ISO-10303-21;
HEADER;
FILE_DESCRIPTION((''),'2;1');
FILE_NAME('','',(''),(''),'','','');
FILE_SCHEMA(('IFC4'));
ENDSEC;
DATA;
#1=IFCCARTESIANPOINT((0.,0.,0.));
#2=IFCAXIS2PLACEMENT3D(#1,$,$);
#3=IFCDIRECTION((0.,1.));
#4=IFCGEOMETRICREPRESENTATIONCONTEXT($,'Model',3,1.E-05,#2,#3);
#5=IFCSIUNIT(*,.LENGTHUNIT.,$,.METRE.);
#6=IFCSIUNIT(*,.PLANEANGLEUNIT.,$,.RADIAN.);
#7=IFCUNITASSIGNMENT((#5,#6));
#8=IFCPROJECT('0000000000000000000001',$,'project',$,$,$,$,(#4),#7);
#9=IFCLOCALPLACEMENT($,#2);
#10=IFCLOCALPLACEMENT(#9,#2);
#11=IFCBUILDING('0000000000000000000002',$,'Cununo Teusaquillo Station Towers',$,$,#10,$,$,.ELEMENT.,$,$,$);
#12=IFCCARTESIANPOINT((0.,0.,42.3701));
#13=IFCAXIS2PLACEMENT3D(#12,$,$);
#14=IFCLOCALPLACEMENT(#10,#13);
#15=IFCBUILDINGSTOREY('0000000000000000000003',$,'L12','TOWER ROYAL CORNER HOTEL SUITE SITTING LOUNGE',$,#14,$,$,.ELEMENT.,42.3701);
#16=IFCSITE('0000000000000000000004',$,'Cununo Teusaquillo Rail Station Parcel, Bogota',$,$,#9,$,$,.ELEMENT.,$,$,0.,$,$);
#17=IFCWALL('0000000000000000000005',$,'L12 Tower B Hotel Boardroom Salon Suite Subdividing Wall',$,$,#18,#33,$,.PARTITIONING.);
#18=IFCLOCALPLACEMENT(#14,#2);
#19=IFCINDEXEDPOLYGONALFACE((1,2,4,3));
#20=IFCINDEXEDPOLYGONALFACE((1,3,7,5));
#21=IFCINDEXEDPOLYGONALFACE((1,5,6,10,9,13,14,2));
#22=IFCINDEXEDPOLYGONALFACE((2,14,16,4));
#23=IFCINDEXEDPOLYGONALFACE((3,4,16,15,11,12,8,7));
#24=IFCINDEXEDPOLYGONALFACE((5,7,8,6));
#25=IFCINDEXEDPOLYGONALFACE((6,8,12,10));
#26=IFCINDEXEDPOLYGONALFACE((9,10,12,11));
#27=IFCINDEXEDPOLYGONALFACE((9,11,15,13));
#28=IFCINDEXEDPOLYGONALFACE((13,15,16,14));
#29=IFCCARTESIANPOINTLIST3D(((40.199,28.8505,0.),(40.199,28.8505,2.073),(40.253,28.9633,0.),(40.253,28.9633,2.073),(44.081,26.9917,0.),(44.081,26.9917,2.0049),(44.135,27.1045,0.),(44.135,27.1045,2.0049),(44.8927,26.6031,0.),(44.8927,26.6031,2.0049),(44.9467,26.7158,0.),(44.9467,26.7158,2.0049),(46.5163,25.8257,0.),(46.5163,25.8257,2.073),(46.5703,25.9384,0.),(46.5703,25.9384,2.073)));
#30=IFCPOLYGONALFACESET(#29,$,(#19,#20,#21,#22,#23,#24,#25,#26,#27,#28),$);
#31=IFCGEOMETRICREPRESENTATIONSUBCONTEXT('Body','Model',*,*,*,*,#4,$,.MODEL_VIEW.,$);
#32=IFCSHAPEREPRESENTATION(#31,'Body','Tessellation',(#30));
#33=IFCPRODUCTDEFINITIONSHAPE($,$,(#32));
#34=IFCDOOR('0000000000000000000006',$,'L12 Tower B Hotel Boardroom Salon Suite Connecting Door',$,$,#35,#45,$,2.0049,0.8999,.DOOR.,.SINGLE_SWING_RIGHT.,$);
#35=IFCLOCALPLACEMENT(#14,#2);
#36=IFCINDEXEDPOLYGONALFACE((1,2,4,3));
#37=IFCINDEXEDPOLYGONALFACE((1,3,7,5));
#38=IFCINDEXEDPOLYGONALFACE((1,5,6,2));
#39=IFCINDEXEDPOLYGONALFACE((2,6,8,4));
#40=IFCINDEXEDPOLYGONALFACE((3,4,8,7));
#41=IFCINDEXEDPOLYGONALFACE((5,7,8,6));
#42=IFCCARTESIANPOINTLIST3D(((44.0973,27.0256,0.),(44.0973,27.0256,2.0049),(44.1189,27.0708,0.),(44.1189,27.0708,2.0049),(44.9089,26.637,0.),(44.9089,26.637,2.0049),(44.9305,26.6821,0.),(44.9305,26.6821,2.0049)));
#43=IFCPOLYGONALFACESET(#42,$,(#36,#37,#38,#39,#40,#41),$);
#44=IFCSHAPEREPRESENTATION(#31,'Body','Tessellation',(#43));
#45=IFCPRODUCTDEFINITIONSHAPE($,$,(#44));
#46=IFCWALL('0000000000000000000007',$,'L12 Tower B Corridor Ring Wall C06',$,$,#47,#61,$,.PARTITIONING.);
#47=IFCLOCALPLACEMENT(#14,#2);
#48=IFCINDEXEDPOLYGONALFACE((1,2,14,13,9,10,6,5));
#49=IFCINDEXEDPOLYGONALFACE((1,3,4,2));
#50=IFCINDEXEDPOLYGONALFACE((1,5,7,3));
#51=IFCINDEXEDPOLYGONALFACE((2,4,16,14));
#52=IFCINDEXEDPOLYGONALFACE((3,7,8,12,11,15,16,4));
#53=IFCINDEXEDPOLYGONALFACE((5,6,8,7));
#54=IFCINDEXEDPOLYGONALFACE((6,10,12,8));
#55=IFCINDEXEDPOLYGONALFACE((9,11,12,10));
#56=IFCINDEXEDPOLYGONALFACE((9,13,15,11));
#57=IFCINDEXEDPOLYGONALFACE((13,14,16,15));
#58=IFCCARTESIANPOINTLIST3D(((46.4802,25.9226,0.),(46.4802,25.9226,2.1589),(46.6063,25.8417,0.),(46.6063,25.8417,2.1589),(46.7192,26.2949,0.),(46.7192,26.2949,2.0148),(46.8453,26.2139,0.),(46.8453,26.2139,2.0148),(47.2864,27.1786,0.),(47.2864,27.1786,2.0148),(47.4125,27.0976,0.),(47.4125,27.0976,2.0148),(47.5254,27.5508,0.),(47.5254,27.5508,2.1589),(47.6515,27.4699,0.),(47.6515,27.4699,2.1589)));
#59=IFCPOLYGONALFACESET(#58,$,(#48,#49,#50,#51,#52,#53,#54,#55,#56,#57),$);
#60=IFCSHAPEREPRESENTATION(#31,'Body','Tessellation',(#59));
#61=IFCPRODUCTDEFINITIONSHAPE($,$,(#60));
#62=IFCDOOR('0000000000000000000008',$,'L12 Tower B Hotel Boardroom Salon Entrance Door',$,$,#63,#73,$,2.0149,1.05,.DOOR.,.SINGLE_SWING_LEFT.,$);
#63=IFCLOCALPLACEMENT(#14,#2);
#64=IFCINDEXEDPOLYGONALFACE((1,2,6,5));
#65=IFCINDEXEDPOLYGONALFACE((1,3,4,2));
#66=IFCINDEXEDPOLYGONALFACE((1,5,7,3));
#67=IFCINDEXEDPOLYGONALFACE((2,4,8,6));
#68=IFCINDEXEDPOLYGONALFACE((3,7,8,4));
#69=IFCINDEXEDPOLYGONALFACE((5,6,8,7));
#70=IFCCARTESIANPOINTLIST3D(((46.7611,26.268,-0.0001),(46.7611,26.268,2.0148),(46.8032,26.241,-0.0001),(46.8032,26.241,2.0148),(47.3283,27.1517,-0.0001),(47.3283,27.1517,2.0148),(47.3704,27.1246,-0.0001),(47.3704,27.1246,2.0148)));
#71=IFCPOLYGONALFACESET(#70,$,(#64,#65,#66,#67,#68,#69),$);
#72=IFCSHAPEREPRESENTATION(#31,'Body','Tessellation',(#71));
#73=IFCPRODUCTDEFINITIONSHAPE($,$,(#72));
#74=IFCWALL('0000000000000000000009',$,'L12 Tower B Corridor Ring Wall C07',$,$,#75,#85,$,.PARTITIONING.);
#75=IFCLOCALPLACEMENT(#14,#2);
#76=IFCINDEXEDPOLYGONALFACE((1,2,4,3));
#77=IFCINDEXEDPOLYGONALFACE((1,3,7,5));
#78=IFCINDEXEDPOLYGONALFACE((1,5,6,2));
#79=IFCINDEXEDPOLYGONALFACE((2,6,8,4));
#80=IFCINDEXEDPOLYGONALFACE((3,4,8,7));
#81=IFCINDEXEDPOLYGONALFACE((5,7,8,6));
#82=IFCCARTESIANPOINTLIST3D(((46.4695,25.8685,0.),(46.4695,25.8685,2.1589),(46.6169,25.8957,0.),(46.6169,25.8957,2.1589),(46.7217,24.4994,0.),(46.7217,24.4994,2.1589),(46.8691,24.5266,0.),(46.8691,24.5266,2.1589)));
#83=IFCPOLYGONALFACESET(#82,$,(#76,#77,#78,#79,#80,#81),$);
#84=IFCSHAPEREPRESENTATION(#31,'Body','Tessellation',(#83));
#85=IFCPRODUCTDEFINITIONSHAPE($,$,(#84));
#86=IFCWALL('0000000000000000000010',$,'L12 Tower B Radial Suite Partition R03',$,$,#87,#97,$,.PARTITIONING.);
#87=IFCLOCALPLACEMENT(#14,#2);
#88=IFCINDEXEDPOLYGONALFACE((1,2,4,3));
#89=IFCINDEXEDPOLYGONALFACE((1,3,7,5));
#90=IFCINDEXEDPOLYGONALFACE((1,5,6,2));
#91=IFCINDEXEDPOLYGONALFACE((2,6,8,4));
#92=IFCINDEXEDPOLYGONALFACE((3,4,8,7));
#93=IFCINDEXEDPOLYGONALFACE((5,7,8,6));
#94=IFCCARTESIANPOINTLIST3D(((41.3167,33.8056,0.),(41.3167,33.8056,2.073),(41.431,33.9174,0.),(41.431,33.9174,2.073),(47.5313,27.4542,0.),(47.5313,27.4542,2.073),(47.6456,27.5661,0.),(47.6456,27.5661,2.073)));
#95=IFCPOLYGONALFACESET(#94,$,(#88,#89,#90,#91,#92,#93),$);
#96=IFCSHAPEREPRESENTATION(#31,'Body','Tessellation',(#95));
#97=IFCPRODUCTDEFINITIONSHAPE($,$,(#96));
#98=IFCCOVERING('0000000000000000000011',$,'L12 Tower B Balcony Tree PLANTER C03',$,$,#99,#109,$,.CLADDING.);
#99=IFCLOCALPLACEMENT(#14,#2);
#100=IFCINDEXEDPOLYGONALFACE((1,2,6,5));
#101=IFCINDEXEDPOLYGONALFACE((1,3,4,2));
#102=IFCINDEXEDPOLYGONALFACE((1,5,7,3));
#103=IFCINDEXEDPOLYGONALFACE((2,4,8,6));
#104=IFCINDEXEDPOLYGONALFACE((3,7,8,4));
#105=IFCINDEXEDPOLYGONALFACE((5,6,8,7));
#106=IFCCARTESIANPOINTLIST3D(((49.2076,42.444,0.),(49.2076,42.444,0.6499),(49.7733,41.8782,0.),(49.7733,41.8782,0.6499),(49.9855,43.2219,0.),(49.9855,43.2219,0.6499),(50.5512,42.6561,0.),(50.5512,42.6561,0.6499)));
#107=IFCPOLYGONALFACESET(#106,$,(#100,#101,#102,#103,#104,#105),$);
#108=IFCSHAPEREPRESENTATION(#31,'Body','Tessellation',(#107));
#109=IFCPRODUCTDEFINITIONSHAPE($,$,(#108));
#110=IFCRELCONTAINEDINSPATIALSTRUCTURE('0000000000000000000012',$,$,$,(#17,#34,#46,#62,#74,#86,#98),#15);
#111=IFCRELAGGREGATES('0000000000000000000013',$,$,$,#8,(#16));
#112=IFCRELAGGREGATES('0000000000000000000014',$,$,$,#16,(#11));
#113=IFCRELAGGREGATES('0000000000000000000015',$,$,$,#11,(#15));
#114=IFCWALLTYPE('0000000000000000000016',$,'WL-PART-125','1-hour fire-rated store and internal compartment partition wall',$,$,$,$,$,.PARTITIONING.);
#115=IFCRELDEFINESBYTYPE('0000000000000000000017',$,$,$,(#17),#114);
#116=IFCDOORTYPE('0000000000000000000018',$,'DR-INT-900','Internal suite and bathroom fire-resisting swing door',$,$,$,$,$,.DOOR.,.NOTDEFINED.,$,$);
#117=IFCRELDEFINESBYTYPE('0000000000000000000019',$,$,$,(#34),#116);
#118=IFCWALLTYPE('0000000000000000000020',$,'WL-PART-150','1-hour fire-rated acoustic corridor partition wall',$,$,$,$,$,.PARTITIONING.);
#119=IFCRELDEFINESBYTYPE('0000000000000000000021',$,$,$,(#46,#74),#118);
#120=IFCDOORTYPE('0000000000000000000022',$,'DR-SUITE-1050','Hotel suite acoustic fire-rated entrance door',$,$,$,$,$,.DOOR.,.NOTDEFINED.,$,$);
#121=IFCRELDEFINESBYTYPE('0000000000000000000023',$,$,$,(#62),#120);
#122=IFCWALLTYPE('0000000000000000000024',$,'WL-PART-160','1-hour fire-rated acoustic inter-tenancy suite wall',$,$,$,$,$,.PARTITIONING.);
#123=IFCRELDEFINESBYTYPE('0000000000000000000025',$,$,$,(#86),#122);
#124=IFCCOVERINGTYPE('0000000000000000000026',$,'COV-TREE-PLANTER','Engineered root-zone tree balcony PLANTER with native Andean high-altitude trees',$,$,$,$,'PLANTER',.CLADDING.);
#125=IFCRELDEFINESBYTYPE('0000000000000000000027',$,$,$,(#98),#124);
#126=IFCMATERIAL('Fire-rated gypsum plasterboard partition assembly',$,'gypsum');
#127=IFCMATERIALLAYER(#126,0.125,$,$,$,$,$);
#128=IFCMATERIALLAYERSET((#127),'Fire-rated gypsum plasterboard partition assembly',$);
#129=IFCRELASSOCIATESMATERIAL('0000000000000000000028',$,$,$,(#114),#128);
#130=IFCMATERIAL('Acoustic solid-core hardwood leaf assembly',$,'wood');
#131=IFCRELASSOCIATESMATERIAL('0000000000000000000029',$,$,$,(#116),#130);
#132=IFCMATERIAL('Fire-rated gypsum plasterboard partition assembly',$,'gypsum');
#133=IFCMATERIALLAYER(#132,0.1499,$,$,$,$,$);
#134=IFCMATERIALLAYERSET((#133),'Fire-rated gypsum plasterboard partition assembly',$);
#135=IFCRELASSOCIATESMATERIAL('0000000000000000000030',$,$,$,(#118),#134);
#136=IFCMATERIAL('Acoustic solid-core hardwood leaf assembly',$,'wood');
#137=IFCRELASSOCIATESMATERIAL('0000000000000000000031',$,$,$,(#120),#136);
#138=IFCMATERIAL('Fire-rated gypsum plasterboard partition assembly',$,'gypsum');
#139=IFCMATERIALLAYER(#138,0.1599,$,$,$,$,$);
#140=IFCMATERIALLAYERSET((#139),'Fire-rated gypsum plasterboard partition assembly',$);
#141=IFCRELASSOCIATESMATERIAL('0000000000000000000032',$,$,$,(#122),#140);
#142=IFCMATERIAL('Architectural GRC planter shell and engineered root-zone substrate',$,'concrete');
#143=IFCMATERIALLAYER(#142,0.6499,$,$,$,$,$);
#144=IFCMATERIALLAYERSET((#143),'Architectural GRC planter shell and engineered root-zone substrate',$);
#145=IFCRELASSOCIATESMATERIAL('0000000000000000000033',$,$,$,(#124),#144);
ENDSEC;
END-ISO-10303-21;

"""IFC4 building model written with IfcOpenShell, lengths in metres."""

from ifc_helpers import new_model, si_unit, direction, frame, frame_2d, origin, origin_2d, place, context, subcontext, project, spatial, rectangle, extrude, source, transform, mapped, material, layer, layer_set, type_object, element, fill, save


model = new_model("IFC4")

# Units and contexts
model_context = context("Model", 3, precision=1e-05, world=origin(), true_north=direction((0.0, 1.0)))
body_context = subcontext(model_context, "Body", "Model", "MODEL_VIEW")
ifc_project = project(units=[si_unit("LENGTHUNIT", "METRE"), si_unit("PLANEANGLEUNIT", "RADIAN")], contexts=[model_context])

# Site, building, storey
site_placement = place(None, origin())
site = spatial("IfcSite", under=ifc_project, at=site_placement, Name="Cununo Teusaquillo Rail Station Parcel, Bogota", CompositionType="ELEMENT", RefElevation=0.0)
building_placement = place(site_placement, origin())
building = spatial("IfcBuilding", under=site, at=building_placement, Name="Cununo Teusaquillo Station Towers", CompositionType="ELEMENT")
storey_placement = place(building_placement, frame((0.0, 0.0, 42.3701)))
storey = spatial("IfcBuildingStorey", under=building, at=storey_placement, Name="L12", Description="TOWER ROYAL CORNER HOTEL SUITE SITTING LOUNGE", CompositionType="ELEMENT", Elevation=42.3701)

# Shared definitions
ifc_material_1 = material(Name="Fire-rated gypsum plasterboard partition assembly", Category="gypsum")
ifc_layer_1 = layer(ifc_material_1, 0.125)
ifc_layer_set_1 = layer_set([ifc_layer_1], Name="Fire-rated gypsum plasterboard partition assembly")
wall_type_1 = type_object("IfcWallType", Name="WL-PART-125", Description="1-hour fire-rated store and internal compartment partition wall", PredefinedType="PARTITIONING", material=ifc_layer_set_1)

# Walls, openings, doors
shared_shape_1 = source(origin(), body_context, "Body", "SweptSolid", [
    extrude(rectangle(XDim=0.8999, YDim=2.0049, at=frame_2d((0.45, 1.0024))), frame((0.0, 0.0725, 0.0), z_axis=(0.0, -1.0, 0.0), x_axis=(1.0, 0.0, 0.0)), (0.0, 0.0, 1.0), 0.145),
])
ifc_material_2 = material(Name="Acoustic solid-core hardwood leaf assembly", Category="wood")
door_type_1 = type_object("IfcDoorType", Name="DR-INT-900", Description="Internal suite and bathroom fire-resisting swing door", OperationType="NOTDEFINED", PredefinedType="DOOR", material=ifc_material_2)
shared_shape_2 = source(origin(), body_context, "Body", "SweptSolid", [
    extrude(rectangle(XDim=0.8999, YDim=2.0049, at=frame_2d((0.45, 1.0024))), frame((0.0, 0.0249, 0.0), z_axis=(0.0, -1.0, 0.0), x_axis=(1.0, 0.0, 0.0)), (0.0, 0.0, 1.0), 0.05),
])
wall_1_placement = place(storey_placement, frame((46.5432, 25.8821, 0.0), z_axis=(0.0, 0.0, 1.0), x_axis=(-0.901937, 0.431867, 0.0)))
wall_1 = element("IfcWall", 1, at=wall_1_placement, inside=storey, type_object=wall_type_1, Name="L12 Tower B Hotel Boardroom Salon Suite Subdividing Wall", PredefinedType="PARTITIONING", context=body_context, shape_type="SweptSolid", body=[
    extrude(rectangle(XDim=7.0042, YDim=0.125, at=frame_2d((3.502, 0.0))), origin(), (0.0, 0.0, 1.0), 2.073),
])
opening_1_placement = place(wall_1_placement, frame((1.8, 0.0, 0.0)))
opening_1 = element("IfcOpeningElement", 2, at=opening_1_placement, cuts=wall_1, PredefinedType="OPENING", context=body_context, shape_type="MappedRepresentation", body=[
    mapped(shared_shape_1, transform((0.0, 0.0, 0.0), x_axis=(1.0, 0.0, 0.0), y_axis=(0.0, 1.0, 0.0), z_axis=(0.0, 0.0, 1.0), scale=1.0)),
])
door_1_placement = place(opening_1_placement, origin())
door_1 = element("IfcDoor", 3, at=door_1_placement, inside=storey, type_object=door_type_1, Name="L12 Tower B Hotel Boardroom Salon Suite Connecting Door", OperationType="SINGLE_SWING_RIGHT", OverallHeight=2.0049, OverallWidth=0.8999, PredefinedType="DOOR", context=body_context, shape_type="MappedRepresentation", body=[
    mapped(shared_shape_2, transform((0.0, 0.0, 0.0), x_axis=(1.0, 0.0, 0.0), y_axis=(0.0, 1.0, 0.0), z_axis=(0.0, 0.0, 1.0), scale=1.0)),
])
fill(opening_1, door_1)
ifc_material_3 = material(Name="Fire-rated gypsum plasterboard partition assembly", Category="gypsum")
ifc_layer_2 = layer(ifc_material_3, 0.1499)
ifc_layer_set_2 = layer_set([ifc_layer_2], Name="Fire-rated gypsum plasterboard partition assembly")
wall_type_2 = type_object("IfcWallType", Name="WL-PART-150", Description="1-hour fire-rated acoustic corridor partition wall", PredefinedType="PARTITIONING", material=ifc_layer_set_2)
wall_2_placement = place(storey_placement, frame((47.5884, 27.5103, 0.0), z_axis=(0.0, 0.0, 1.0), x_axis=(-0.540203, -0.841535, 0.0)))
wall_2 = element("IfcWall", 4, at=wall_2_placement, inside=storey, type_object=wall_type_2, Name="L12 Tower B Corridor Ring Wall C06", PredefinedType="PARTITIONING", context=body_context, shape_type="SweptSolid", body=[
    extrude(rectangle(XDim=1.9348, YDim=0.1499, at=frame_2d((0.9673, 0.0))), origin(), (0.0, 0.0, 1.0), 2.1589),
])
shared_shape_3 = source(origin(), body_context, "Body", "SweptSolid", [
    extrude(rectangle(XDim=1.05, YDim=2.0149, at=frame_2d((0.5249, 1.0073))), frame((0.0, 0.085, 0.0), z_axis=(0.0, -1.0, 0.0), x_axis=(1.0, 0.0, 0.0)), (0.0, 0.0, 1.0), 0.1699),
])
opening_2_placement = place(wall_2_placement, frame((0.4424, 0.0, 0.0)))
opening_2 = element("IfcOpeningElement", 5, at=opening_2_placement, cuts=wall_2, PredefinedType="OPENING", context=body_context, shape_type="MappedRepresentation", body=[
    mapped(shared_shape_3, transform((0.0, 0.0, 0.0), x_axis=(1.0, 0.0, 0.0), y_axis=(0.0, 1.0, 0.0), z_axis=(0.0, 0.0, 1.0), scale=1.0)),
])
ifc_material_4 = material(Name="Acoustic solid-core hardwood leaf assembly", Category="wood")
door_type_2 = type_object("IfcDoorType", Name="DR-SUITE-1050", Description="Hotel suite acoustic fire-rated entrance door", OperationType="NOTDEFINED", PredefinedType="DOOR", material=ifc_material_4)
shared_shape_4 = source(origin(), body_context, "Body", "SweptSolid", [
    extrude(rectangle(XDim=1.05, YDim=2.0149, at=frame_2d((0.5249, 1.0073))), frame((0.0, 0.0249, 0.0), z_axis=(0.0, -1.0, 0.0), x_axis=(1.0, 0.0, 0.0)), (0.0, 0.0, 1.0), 0.05),
])
door_2_placement = place(opening_2_placement, origin())
door_2 = element("IfcDoor", 6, at=door_2_placement, inside=storey, type_object=door_type_2, Name="L12 Tower B Hotel Boardroom Salon Entrance Door", OperationType="SINGLE_SWING_LEFT", OverallHeight=2.0149, OverallWidth=1.05, PredefinedType="DOOR", context=body_context, shape_type="MappedRepresentation", body=[
    mapped(shared_shape_4, transform((0.0, 0.0, 0.0), x_axis=(1.0, 0.0, 0.0), y_axis=(0.0, 1.0, 0.0), z_axis=(0.0, 0.0, 1.0), scale=1.0)),
])
fill(opening_2, door_2)

# Walls
wall_3_placement = place(storey_placement, frame((46.5432, 25.8821, 0.0), z_axis=(0.0, 0.0, 1.0), x_axis=(0.181154, -0.983455, 0.0)))
element("IfcWall", 7, at=wall_3_placement, inside=storey, type_object=wall_type_2, Name="L12 Tower B Corridor Ring Wall C07", PredefinedType="PARTITIONING", context=body_context, shape_type="SweptSolid", body=[
    extrude(rectangle(XDim=1.3921, YDim=0.1499, at=frame_2d((0.696, 0.0))), origin(), (0.0, 0.0, 1.0), 2.1589),
])
ifc_material_5 = material(Name="Fire-rated gypsum plasterboard partition assembly", Category="gypsum")
ifc_layer_3 = layer(ifc_material_5, 0.1599)
ifc_layer_set_3 = layer_set([ifc_layer_3], Name="Fire-rated gypsum plasterboard partition assembly")
wall_type_3 = type_object("IfcWallType", Name="WL-PART-160", Description="1-hour fire-rated acoustic inter-tenancy suite wall", PredefinedType="PARTITIONING", material=ifc_layer_set_3)
wall_4_placement = place(storey_placement, frame((47.5884, 27.5103, 0.0), z_axis=(0.0, 0.0, 1.0), x_axis=(-0.699372, 0.714758, 0.0)))
element("IfcWall", 8, at=wall_4_placement, inside=storey, type_object=wall_type_3, Name="L12 Tower B Radial Suite Partition R03", PredefinedType="PARTITIONING", context=body_context, shape_type="SweptSolid", body=[
    extrude(rectangle(XDim=8.886, YDim=0.1599, at=frame_2d((4.4429, 0.0))), origin(), (0.0, 0.0, 1.0), 2.073),
])

# Covering
ifc_material_6 = material(Name="Architectural GRC planter shell and engineered root-zone substrate", Category="concrete")
ifc_layer_4 = layer(ifc_material_6, 0.6499)
ifc_layer_set_4 = layer_set([ifc_layer_4], Name="Architectural GRC planter shell and engineered root-zone substrate")
covering_type = type_object("IfcCoveringType", Name="COV-TREE-PLANTER", Description="Engineered root-zone tree balcony PLANTER with native Andean high-altitude trees", ElementType="PLANTER", PredefinedType="CLADDING", material=ifc_layer_set_4)
shared_shape_5 = source(origin(), body_context, "Body", "SweptSolid", [
    extrude(rectangle(XDim=1.1001, YDim=0.8, at=origin_2d()), origin(), (0.0, 0.0, 1.0), 0.6499),
])
covering_placement = place(storey_placement, frame((49.8794, 42.55, 0.0), z_axis=(0.0, 0.0, 1.0), x_axis=(0.707107, 0.707107, 0.0)))
element("IfcCovering", 9, at=covering_placement, inside=storey, type_object=covering_type, Name="L12 Tower B Balcony Tree PLANTER C03", PredefinedType="CLADDING", context=body_context, shape_type="MappedRepresentation", body=[
    mapped(shared_shape_5, transform((0.0, 0.0, 0.0), x_axis=(1.0, 0.0, 0.0), y_axis=(0.0, 1.0, 0.0), z_axis=(0.0, 0.0, 1.0), scale=1.0)),
])

save(model, "model.ifc")
